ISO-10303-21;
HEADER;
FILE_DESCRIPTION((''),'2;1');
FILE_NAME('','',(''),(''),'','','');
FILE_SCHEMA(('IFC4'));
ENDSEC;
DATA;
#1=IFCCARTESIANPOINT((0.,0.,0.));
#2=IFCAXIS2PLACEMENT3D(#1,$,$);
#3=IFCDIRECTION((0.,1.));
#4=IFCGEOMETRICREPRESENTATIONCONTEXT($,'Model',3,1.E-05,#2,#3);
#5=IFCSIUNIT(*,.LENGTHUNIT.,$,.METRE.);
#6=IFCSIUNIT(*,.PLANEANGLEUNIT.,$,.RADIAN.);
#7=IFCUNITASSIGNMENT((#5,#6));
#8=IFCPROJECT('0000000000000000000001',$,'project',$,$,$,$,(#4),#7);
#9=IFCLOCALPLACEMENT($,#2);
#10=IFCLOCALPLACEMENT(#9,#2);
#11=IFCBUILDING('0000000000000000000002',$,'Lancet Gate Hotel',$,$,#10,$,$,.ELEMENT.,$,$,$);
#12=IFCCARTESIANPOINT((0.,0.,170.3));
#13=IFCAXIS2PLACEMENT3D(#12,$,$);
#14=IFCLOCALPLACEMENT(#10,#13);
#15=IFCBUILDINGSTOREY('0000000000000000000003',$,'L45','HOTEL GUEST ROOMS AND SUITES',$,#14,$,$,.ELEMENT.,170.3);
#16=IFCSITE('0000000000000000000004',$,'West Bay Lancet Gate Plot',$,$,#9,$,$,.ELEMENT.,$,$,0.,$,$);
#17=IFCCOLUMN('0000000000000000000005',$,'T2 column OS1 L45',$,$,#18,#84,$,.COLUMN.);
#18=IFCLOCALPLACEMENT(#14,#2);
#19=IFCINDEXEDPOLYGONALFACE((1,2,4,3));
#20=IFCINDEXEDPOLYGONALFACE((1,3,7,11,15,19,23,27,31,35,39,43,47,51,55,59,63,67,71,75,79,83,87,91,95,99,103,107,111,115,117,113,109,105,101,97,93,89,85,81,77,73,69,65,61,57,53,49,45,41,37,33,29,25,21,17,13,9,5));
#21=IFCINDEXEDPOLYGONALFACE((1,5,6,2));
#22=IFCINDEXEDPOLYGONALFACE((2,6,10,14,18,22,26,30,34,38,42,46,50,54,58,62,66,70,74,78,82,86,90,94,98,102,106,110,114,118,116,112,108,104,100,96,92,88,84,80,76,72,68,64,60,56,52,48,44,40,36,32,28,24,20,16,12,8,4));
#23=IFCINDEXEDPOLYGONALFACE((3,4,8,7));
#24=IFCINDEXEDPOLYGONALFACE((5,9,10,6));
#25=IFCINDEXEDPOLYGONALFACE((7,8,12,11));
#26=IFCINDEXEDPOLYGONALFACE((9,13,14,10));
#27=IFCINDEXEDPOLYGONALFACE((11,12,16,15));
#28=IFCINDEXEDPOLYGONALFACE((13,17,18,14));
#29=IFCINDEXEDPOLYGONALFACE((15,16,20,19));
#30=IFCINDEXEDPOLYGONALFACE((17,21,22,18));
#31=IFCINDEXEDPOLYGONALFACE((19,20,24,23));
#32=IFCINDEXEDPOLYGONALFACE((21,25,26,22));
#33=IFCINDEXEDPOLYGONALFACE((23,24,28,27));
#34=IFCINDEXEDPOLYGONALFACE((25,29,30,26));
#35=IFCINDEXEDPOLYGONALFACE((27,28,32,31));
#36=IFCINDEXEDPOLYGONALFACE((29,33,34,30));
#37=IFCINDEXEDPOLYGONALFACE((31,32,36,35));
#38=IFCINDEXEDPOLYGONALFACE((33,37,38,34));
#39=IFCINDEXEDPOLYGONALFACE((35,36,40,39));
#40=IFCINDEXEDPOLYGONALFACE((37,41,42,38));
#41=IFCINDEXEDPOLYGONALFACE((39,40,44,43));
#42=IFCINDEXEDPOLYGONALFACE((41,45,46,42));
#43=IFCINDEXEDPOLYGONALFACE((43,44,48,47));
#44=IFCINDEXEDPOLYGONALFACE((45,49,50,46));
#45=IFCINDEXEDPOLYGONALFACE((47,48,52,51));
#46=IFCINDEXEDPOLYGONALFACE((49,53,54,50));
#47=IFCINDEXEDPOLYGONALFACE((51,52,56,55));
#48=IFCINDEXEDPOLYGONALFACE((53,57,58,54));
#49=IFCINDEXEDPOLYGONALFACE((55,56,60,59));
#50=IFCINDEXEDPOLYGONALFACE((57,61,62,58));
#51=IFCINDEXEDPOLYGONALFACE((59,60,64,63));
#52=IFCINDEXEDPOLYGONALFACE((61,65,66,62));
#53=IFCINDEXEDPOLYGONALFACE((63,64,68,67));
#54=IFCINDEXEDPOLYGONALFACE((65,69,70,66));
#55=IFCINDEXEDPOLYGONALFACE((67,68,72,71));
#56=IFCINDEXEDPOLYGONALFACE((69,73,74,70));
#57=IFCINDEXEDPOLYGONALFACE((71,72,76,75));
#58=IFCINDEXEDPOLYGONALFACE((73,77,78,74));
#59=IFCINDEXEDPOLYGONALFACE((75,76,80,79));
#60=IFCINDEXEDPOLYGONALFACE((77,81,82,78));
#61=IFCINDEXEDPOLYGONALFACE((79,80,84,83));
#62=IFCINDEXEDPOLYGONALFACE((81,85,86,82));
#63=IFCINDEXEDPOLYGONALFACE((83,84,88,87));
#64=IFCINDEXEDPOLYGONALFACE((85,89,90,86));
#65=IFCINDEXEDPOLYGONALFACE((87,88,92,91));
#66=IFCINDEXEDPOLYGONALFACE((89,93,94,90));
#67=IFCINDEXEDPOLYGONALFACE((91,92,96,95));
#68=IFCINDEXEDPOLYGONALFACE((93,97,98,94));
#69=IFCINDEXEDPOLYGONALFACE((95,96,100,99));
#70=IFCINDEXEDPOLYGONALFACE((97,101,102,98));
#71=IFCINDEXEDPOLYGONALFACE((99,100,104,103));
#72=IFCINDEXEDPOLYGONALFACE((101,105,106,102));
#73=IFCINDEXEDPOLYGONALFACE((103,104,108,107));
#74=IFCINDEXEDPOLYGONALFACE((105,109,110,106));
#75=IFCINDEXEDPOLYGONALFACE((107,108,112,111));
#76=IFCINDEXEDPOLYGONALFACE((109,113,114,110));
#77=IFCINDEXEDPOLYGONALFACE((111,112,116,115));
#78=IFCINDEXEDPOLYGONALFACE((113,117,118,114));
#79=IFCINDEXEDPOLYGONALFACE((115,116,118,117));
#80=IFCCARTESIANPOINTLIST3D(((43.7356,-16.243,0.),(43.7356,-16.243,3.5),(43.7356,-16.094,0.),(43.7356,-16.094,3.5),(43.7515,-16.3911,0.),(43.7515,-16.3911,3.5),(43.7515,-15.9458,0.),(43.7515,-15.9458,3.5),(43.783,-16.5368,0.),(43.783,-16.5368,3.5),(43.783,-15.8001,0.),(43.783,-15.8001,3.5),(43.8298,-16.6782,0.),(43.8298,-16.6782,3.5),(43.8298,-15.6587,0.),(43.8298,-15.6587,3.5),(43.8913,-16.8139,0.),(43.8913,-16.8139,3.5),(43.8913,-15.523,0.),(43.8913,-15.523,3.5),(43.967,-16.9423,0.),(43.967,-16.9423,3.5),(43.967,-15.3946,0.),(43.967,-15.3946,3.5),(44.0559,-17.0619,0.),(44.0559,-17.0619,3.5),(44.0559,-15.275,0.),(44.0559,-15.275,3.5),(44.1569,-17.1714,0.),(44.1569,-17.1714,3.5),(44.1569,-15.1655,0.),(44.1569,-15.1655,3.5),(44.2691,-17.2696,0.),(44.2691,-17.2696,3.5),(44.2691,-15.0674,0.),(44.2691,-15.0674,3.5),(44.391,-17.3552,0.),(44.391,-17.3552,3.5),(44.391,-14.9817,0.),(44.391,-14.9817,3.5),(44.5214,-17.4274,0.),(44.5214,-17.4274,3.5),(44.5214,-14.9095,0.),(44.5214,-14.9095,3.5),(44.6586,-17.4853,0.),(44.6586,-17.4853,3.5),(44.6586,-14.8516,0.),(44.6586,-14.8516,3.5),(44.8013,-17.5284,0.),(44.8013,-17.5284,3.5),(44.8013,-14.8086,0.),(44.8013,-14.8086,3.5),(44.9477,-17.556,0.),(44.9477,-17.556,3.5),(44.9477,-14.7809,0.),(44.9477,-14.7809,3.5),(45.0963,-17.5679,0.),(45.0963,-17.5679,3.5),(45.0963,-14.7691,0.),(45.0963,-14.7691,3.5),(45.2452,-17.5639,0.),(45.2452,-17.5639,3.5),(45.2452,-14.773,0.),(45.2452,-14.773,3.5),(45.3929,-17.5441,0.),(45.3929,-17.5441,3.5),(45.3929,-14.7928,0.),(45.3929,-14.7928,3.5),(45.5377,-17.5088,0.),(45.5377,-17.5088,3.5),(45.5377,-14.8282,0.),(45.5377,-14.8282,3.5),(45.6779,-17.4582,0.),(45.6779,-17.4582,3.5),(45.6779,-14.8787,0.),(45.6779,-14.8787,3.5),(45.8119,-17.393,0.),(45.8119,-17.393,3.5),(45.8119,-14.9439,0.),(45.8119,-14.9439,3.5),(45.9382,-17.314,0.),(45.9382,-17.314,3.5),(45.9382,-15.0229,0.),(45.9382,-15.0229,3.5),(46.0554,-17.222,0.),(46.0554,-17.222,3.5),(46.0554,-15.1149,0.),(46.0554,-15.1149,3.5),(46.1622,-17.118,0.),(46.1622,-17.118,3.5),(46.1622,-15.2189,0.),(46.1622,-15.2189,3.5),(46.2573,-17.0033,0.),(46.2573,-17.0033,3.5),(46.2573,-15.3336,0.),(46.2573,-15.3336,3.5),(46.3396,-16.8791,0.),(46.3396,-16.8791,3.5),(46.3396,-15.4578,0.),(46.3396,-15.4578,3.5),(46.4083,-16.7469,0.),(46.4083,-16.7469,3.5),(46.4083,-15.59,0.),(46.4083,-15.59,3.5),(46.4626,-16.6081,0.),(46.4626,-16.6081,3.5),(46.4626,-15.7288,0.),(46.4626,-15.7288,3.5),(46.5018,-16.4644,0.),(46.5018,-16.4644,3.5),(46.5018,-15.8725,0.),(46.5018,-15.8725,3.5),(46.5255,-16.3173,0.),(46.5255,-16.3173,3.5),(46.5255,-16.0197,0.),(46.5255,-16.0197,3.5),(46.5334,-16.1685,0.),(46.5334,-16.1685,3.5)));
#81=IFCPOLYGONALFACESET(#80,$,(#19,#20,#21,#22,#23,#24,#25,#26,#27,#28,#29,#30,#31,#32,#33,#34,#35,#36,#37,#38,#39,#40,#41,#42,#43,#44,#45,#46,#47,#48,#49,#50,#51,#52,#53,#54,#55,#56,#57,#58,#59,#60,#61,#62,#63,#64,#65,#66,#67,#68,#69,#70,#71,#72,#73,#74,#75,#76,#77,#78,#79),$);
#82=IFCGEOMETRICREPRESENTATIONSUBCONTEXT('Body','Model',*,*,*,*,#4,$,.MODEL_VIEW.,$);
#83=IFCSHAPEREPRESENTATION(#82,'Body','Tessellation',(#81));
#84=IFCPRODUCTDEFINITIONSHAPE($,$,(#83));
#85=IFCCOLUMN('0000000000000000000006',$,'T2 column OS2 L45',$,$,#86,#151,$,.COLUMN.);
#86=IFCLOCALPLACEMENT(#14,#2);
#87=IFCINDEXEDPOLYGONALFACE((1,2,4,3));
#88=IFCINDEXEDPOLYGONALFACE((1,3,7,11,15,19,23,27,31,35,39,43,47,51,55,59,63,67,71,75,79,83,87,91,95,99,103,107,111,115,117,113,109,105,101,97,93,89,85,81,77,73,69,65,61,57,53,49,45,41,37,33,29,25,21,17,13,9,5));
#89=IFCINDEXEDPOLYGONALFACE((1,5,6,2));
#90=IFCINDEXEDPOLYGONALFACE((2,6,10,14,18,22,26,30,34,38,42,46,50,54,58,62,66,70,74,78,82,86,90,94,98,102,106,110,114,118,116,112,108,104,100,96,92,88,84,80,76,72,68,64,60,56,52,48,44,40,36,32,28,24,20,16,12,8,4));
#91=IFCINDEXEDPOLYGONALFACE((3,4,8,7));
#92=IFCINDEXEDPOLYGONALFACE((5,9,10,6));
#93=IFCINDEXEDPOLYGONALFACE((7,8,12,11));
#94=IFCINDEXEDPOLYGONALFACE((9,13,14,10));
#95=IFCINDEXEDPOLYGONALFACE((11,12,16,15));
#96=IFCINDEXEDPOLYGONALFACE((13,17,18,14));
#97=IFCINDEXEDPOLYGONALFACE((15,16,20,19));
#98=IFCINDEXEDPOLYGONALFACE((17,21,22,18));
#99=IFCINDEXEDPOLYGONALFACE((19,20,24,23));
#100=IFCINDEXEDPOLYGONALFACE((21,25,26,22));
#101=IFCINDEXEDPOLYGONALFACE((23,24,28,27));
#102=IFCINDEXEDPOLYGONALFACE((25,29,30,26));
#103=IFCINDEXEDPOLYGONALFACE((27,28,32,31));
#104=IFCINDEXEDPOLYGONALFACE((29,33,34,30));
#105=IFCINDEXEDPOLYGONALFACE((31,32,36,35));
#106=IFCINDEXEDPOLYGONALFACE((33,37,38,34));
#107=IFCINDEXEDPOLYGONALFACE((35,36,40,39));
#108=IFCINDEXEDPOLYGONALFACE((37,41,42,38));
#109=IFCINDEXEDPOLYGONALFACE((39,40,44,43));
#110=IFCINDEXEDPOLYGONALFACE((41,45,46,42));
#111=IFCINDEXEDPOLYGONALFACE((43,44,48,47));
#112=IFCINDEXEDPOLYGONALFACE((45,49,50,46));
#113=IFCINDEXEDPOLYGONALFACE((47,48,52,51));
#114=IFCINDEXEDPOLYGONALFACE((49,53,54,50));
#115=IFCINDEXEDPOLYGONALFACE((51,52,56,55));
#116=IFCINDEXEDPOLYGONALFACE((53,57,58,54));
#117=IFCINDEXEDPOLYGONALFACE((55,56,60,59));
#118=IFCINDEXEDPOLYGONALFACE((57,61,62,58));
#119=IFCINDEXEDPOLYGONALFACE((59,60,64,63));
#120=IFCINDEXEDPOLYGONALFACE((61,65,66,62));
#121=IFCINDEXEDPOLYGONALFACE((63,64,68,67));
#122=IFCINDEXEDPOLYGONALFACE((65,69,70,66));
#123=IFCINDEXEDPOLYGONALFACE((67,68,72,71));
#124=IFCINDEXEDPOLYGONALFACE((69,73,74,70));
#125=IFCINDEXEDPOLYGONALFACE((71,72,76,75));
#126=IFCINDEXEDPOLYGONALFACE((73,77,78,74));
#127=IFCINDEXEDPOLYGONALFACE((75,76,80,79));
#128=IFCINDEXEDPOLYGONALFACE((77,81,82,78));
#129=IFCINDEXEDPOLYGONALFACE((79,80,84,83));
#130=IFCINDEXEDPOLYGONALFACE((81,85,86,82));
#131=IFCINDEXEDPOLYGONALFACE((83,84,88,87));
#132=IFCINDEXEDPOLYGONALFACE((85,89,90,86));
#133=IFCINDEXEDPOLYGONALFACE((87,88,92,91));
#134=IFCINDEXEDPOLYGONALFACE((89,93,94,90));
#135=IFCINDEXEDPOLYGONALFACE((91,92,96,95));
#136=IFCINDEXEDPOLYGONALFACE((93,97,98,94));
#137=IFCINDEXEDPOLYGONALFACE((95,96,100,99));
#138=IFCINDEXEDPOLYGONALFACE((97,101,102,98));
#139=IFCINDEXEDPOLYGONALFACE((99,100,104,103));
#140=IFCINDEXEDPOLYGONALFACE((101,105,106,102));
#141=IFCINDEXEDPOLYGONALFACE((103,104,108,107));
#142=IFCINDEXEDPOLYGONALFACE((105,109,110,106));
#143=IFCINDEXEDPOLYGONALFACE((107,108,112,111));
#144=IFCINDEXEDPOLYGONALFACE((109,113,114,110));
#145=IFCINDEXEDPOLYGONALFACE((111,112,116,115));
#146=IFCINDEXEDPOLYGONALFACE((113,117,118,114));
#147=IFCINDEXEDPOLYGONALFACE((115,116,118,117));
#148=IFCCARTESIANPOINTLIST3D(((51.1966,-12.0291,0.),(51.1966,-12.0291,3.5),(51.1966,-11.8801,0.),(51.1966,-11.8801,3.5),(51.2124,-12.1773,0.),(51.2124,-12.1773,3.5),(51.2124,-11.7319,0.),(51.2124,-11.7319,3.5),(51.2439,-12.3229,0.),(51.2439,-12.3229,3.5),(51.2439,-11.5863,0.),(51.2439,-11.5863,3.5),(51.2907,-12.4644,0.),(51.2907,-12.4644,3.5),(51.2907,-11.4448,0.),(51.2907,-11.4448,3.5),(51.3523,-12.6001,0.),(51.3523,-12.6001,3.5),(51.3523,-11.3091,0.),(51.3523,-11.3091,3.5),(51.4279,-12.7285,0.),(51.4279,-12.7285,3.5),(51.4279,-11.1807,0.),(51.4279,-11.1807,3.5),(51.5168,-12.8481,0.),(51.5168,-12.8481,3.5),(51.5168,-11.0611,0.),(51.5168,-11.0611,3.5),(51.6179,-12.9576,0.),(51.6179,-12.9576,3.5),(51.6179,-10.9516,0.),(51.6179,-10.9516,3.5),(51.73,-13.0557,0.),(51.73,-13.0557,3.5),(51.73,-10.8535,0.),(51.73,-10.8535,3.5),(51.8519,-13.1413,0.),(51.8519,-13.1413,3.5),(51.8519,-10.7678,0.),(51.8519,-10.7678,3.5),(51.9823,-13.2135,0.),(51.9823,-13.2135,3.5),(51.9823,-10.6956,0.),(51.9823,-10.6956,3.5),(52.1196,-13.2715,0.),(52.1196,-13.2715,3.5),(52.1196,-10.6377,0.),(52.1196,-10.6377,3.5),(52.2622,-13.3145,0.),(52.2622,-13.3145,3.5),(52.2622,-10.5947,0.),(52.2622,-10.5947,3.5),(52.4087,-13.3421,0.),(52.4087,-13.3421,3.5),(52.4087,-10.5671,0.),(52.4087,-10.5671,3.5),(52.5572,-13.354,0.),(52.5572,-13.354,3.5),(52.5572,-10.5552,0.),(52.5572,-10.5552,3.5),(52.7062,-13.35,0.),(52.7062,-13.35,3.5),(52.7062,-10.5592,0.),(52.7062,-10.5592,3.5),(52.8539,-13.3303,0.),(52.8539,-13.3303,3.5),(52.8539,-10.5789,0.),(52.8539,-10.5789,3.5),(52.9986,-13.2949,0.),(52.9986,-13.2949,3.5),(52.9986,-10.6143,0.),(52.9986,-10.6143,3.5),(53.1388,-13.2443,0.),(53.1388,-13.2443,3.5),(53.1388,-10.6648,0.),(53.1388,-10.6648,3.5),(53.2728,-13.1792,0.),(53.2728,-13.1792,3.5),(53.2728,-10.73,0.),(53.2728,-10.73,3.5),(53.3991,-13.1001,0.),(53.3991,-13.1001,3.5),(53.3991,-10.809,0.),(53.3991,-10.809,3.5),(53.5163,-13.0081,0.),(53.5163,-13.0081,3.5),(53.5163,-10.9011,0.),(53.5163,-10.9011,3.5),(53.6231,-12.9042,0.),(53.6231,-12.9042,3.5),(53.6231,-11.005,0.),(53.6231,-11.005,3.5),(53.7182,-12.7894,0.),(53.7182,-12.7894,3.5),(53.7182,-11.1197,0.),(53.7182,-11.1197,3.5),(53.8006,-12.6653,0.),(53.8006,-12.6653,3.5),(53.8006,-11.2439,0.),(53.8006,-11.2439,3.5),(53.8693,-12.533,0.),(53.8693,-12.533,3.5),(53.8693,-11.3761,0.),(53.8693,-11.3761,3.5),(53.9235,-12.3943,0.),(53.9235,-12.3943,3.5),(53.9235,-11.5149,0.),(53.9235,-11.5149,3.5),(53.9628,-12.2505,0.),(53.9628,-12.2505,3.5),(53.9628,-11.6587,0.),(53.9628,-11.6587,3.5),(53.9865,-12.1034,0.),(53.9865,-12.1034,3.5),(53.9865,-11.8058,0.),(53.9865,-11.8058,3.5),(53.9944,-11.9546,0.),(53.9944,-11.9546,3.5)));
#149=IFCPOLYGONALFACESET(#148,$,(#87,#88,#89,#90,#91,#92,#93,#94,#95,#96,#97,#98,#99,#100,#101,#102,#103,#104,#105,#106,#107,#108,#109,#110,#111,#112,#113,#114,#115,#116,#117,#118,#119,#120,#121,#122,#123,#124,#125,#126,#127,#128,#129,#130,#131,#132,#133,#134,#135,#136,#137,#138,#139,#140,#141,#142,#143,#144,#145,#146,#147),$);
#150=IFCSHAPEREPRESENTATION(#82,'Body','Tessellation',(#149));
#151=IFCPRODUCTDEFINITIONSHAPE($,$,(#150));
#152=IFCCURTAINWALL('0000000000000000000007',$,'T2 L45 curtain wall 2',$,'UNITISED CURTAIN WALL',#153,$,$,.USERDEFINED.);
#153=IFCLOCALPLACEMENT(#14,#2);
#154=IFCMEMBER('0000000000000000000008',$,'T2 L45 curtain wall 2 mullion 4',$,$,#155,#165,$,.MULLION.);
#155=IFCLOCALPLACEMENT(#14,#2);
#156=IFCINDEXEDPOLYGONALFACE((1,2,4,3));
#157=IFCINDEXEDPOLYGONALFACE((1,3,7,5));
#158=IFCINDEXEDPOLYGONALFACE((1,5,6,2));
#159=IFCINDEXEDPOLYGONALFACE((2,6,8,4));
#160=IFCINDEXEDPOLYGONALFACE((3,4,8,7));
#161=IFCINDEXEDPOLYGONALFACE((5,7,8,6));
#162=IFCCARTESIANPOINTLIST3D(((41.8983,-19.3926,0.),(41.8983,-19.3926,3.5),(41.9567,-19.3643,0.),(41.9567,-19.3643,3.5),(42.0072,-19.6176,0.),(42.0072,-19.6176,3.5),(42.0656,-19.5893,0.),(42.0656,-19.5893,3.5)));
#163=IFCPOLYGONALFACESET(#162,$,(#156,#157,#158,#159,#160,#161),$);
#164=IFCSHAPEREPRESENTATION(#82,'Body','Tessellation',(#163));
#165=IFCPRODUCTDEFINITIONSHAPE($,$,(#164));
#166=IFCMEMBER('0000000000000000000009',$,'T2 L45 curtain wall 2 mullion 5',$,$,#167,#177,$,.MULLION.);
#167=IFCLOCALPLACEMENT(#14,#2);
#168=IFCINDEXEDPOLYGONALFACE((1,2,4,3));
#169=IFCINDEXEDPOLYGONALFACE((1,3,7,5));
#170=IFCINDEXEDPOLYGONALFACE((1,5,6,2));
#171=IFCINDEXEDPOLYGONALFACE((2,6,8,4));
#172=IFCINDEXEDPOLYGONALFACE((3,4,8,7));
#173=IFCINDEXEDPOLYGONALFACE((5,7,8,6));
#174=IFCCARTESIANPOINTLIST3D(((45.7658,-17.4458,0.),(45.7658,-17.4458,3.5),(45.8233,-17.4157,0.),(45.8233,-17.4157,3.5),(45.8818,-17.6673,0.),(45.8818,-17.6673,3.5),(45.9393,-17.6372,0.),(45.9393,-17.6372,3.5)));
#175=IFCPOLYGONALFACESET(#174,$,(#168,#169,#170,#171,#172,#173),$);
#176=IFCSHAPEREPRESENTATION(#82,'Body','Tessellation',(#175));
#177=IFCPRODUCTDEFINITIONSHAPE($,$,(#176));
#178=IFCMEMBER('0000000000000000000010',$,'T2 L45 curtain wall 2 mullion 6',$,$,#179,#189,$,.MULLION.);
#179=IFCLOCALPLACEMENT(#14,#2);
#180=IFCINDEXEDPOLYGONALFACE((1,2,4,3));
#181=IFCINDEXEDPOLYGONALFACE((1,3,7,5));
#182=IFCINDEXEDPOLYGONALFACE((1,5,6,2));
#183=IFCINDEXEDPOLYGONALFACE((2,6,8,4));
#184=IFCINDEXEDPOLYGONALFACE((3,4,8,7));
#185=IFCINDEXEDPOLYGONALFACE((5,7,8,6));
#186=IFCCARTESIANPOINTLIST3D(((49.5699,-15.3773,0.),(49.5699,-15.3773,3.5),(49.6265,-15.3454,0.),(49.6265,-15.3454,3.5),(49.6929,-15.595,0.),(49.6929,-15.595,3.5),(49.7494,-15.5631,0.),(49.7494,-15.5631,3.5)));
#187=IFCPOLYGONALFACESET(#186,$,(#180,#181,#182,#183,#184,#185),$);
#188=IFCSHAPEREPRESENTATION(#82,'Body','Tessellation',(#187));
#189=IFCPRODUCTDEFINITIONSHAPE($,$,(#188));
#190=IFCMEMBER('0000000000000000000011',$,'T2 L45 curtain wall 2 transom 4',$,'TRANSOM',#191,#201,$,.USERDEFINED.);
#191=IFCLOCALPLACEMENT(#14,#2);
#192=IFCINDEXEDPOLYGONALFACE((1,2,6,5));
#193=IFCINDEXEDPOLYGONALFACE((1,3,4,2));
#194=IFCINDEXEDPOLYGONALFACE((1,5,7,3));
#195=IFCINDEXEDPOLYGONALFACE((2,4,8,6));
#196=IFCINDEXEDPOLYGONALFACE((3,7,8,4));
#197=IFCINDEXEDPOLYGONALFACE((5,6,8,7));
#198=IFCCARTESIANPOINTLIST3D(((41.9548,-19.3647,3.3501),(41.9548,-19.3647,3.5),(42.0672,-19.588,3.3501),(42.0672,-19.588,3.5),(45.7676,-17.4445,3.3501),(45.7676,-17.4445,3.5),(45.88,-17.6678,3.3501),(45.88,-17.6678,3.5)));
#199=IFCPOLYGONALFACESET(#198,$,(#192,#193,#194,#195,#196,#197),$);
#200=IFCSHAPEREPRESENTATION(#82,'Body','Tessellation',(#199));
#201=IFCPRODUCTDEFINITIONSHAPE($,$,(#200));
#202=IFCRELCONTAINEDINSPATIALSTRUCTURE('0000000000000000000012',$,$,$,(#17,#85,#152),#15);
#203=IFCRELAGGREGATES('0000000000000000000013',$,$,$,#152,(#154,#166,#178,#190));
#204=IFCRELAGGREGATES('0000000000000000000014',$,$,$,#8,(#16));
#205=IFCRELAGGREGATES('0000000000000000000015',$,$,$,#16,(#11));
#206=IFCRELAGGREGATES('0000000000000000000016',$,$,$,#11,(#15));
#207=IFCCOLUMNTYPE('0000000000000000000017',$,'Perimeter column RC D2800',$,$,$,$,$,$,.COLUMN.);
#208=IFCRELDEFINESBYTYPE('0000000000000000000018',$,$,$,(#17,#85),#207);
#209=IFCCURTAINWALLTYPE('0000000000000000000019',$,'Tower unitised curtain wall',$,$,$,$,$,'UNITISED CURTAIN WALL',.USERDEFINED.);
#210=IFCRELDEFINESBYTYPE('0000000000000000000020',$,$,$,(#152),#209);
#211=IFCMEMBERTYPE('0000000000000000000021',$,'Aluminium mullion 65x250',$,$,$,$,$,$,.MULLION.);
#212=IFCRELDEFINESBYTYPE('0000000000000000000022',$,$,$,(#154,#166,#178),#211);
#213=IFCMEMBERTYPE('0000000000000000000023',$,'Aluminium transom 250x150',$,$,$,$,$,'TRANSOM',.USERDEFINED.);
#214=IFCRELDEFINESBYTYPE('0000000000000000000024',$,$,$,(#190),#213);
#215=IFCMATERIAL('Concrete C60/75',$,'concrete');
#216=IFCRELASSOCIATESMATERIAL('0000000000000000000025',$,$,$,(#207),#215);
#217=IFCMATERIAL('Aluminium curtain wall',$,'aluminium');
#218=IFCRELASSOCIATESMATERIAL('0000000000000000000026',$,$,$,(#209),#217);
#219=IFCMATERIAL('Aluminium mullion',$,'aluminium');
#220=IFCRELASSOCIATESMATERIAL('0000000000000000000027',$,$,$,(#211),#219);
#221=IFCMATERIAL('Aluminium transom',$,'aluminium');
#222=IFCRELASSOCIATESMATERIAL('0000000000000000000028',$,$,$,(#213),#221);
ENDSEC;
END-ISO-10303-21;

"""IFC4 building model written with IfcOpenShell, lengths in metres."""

from ifc_helpers import new_model, si_unit, direction, frame, origin, origin_2d, place, context, subcontext, project, spatial, rectangle, circle, extrude, material, material_profile, profile_set, type_object, element, aggregate, save


model = new_model("IFC4")

# Units and contexts
model_context = context("Model", 3, precision=1e-05, world=origin(), true_north=direction((0.0, 1.0)))
body_context = subcontext(model_context, "Body", "Model", "MODEL_VIEW")
ifc_project = project(units=[si_unit("LENGTHUNIT", "METRE"), si_unit("PLANEANGLEUNIT", "RADIAN")], contexts=[model_context])

# Site, building, storey
site_placement = place(None, origin())
site = spatial("IfcSite", under=ifc_project, at=site_placement, Name="West Bay Lancet Gate Plot", CompositionType="ELEMENT", RefElevation=0.0)
building_placement = place(site_placement, origin())
building = spatial("IfcBuilding", under=site, at=building_placement, Name="Lancet Gate Hotel", CompositionType="ELEMENT")
storey_placement = place(building_placement, frame((0.0, 0.0, 170.3)))
storey = spatial("IfcBuildingStorey", under=building, at=storey_placement, Name="L45", Description="HOTEL GUEST ROOMS AND SUITES", CompositionType="ELEMENT", Elevation=170.3)

# Columns
ifc_material_1 = material(Name="Concrete C60/75", Category="concrete")
ifc_material_profile_1 = material_profile(ifc_material_1, circle(Radius=1.3999, at=origin_2d()), Name="RC D2800")
ifc_profile_set_1 = profile_set([ifc_material_profile_1], Name="Concrete C60/75")
column_type = type_object("IfcColumnType", Name="Perimeter column RC D2800", PredefinedType="COLUMN", material=ifc_profile_set_1)
for number, where, z_axis, x_axis, name in (
    (1, (45.1335, -16.1685, 0.0), (0.0, 0.0, 1.0), (1.0, 0.0, 0.0), "T2 column OS1 L45"),
    (2, (52.5945, -11.9546, 0.0), (0.0, 0.0, 1.0), (1.0, 0.0, 0.0), "T2 column OS2 L45"),
):
    element("IfcColumn", number, at=place(storey_placement, frame(where, z_axis=z_axis, x_axis=x_axis)), inside=storey, type_object=column_type, Name=name, PredefinedType="COLUMN", context=body_context, shape_type="SweptSolid", body=[
        extrude(circle(Radius=1.3999, at=origin_2d()), origin(), (0.0, 0.0, 1.0), 3.5),
    ])

# Curtain wall, members
ifc_material_2 = material(Name="Aluminium curtain wall", Category="aluminium")
curtain_wall_type = type_object("IfcCurtainWallType", Name="Tower unitised curtain wall", ElementType="UNITISED CURTAIN WALL", PredefinedType="USERDEFINED", material=ifc_material_2)
curtain_wall_placement = place(storey_placement, origin())
curtain_wall = element("IfcCurtainWall", 3, at=curtain_wall_placement, inside=storey, type_object=curtain_wall_type, Name="T2 L45 curtain wall 2", ObjectType="UNITISED CURTAIN WALL", PredefinedType="USERDEFINED")
ifc_material_3 = material(Name="Aluminium mullion", Category="aluminium")
ifc_material_profile_2 = material_profile(ifc_material_3, rectangle(XDim=0.0649, YDim=0.25, at=origin_2d()), Name="MULLION 65x250")
ifc_profile_set_2 = profile_set([ifc_material_profile_2], Name="Aluminium mullion")
member_type_1 = type_object("IfcMemberType", Name="Aluminium mullion 65x250", PredefinedType="MULLION", material=ifc_profile_set_2)
member_1_placement = place(storey_placement, frame((41.9819, -19.491, 0.0), z_axis=(0.0, 0.0, 1.0), x_axis=(0.900141, 0.435598, 0.0)))
member_1 = element("IfcMember", 4, at=member_1_placement, type_object=member_type_1, Name="T2 L45 curtain wall 2 mullion 4", PredefinedType="MULLION", context=body_context, shape_type="SweptSolid", body=[
    extrude(rectangle(XDim=0.0649, YDim=0.25, at=origin_2d()), origin(), (0.0, 0.0, 1.0), 3.5),
])
member_2_placement = place(storey_placement, frame((45.8525, -17.5415, 0.0), z_axis=(0.0, 0.0, 1.0), x_axis=(0.885877, 0.46392, 0.0)))
member_2 = element("IfcMember", 5, at=member_2_placement, type_object=member_type_1, Name="T2 L45 curtain wall 2 mullion 5", PredefinedType="MULLION", context=body_context, shape_type="SweptSolid", body=[
    extrude(rectangle(XDim=0.0649, YDim=0.25, at=origin_2d()), origin(), (0.0, 0.0, 1.0), 3.5),
])
member_3_placement = place(storey_placement, frame((49.6597, -15.4702, 0.0), z_axis=(0.0, 0.0, 1.0), x_axis=(0.870722, 0.491776, 0.0)))
member_3 = element("IfcMember", 6, at=member_3_placement, type_object=member_type_1, Name="T2 L45 curtain wall 2 mullion 6", PredefinedType="MULLION", context=body_context, shape_type="SweptSolid", body=[
    extrude(rectangle(XDim=0.0649, YDim=0.25, at=origin_2d()), origin(), (0.0, 0.0, 1.0), 3.5),
])
ifc_material_4 = material(Name="Aluminium transom", Category="aluminium")
ifc_material_profile_3 = material_profile(ifc_material_4, rectangle(XDim=0.25, YDim=0.1499, at=origin_2d()), Name="TRANSOM 250x150")
ifc_profile_set_3 = profile_set([ifc_material_profile_3], Name="Aluminium transom")
member_type_2 = type_object("IfcMemberType", Name="Aluminium transom 250x150", ElementType="TRANSOM", PredefinedType="USERDEFINED", material=ifc_profile_set_3)
member_4_placement = place(storey_placement, frame((42.011, -19.4763, 3.425), z_axis=(0.893131, 0.449797, 0.0), x_axis=(-0.449797, 0.893131, 0.0)))
member_4 = element("IfcMember", 7, at=member_4_placement, type_object=member_type_2, Name="T2 L45 curtain wall 2 transom 4", ObjectType="TRANSOM", PredefinedType="USERDEFINED", context=body_context, shape_type="SweptSolid", body=[
    extrude(rectangle(XDim=0.25, YDim=0.1499, at=origin_2d()), origin(), (0.0, 0.0, 1.0), 4.269),
])

aggregate(curtain_wall, [member_1, member_2, member_3, member_4])

save(model, "model.ifc")
